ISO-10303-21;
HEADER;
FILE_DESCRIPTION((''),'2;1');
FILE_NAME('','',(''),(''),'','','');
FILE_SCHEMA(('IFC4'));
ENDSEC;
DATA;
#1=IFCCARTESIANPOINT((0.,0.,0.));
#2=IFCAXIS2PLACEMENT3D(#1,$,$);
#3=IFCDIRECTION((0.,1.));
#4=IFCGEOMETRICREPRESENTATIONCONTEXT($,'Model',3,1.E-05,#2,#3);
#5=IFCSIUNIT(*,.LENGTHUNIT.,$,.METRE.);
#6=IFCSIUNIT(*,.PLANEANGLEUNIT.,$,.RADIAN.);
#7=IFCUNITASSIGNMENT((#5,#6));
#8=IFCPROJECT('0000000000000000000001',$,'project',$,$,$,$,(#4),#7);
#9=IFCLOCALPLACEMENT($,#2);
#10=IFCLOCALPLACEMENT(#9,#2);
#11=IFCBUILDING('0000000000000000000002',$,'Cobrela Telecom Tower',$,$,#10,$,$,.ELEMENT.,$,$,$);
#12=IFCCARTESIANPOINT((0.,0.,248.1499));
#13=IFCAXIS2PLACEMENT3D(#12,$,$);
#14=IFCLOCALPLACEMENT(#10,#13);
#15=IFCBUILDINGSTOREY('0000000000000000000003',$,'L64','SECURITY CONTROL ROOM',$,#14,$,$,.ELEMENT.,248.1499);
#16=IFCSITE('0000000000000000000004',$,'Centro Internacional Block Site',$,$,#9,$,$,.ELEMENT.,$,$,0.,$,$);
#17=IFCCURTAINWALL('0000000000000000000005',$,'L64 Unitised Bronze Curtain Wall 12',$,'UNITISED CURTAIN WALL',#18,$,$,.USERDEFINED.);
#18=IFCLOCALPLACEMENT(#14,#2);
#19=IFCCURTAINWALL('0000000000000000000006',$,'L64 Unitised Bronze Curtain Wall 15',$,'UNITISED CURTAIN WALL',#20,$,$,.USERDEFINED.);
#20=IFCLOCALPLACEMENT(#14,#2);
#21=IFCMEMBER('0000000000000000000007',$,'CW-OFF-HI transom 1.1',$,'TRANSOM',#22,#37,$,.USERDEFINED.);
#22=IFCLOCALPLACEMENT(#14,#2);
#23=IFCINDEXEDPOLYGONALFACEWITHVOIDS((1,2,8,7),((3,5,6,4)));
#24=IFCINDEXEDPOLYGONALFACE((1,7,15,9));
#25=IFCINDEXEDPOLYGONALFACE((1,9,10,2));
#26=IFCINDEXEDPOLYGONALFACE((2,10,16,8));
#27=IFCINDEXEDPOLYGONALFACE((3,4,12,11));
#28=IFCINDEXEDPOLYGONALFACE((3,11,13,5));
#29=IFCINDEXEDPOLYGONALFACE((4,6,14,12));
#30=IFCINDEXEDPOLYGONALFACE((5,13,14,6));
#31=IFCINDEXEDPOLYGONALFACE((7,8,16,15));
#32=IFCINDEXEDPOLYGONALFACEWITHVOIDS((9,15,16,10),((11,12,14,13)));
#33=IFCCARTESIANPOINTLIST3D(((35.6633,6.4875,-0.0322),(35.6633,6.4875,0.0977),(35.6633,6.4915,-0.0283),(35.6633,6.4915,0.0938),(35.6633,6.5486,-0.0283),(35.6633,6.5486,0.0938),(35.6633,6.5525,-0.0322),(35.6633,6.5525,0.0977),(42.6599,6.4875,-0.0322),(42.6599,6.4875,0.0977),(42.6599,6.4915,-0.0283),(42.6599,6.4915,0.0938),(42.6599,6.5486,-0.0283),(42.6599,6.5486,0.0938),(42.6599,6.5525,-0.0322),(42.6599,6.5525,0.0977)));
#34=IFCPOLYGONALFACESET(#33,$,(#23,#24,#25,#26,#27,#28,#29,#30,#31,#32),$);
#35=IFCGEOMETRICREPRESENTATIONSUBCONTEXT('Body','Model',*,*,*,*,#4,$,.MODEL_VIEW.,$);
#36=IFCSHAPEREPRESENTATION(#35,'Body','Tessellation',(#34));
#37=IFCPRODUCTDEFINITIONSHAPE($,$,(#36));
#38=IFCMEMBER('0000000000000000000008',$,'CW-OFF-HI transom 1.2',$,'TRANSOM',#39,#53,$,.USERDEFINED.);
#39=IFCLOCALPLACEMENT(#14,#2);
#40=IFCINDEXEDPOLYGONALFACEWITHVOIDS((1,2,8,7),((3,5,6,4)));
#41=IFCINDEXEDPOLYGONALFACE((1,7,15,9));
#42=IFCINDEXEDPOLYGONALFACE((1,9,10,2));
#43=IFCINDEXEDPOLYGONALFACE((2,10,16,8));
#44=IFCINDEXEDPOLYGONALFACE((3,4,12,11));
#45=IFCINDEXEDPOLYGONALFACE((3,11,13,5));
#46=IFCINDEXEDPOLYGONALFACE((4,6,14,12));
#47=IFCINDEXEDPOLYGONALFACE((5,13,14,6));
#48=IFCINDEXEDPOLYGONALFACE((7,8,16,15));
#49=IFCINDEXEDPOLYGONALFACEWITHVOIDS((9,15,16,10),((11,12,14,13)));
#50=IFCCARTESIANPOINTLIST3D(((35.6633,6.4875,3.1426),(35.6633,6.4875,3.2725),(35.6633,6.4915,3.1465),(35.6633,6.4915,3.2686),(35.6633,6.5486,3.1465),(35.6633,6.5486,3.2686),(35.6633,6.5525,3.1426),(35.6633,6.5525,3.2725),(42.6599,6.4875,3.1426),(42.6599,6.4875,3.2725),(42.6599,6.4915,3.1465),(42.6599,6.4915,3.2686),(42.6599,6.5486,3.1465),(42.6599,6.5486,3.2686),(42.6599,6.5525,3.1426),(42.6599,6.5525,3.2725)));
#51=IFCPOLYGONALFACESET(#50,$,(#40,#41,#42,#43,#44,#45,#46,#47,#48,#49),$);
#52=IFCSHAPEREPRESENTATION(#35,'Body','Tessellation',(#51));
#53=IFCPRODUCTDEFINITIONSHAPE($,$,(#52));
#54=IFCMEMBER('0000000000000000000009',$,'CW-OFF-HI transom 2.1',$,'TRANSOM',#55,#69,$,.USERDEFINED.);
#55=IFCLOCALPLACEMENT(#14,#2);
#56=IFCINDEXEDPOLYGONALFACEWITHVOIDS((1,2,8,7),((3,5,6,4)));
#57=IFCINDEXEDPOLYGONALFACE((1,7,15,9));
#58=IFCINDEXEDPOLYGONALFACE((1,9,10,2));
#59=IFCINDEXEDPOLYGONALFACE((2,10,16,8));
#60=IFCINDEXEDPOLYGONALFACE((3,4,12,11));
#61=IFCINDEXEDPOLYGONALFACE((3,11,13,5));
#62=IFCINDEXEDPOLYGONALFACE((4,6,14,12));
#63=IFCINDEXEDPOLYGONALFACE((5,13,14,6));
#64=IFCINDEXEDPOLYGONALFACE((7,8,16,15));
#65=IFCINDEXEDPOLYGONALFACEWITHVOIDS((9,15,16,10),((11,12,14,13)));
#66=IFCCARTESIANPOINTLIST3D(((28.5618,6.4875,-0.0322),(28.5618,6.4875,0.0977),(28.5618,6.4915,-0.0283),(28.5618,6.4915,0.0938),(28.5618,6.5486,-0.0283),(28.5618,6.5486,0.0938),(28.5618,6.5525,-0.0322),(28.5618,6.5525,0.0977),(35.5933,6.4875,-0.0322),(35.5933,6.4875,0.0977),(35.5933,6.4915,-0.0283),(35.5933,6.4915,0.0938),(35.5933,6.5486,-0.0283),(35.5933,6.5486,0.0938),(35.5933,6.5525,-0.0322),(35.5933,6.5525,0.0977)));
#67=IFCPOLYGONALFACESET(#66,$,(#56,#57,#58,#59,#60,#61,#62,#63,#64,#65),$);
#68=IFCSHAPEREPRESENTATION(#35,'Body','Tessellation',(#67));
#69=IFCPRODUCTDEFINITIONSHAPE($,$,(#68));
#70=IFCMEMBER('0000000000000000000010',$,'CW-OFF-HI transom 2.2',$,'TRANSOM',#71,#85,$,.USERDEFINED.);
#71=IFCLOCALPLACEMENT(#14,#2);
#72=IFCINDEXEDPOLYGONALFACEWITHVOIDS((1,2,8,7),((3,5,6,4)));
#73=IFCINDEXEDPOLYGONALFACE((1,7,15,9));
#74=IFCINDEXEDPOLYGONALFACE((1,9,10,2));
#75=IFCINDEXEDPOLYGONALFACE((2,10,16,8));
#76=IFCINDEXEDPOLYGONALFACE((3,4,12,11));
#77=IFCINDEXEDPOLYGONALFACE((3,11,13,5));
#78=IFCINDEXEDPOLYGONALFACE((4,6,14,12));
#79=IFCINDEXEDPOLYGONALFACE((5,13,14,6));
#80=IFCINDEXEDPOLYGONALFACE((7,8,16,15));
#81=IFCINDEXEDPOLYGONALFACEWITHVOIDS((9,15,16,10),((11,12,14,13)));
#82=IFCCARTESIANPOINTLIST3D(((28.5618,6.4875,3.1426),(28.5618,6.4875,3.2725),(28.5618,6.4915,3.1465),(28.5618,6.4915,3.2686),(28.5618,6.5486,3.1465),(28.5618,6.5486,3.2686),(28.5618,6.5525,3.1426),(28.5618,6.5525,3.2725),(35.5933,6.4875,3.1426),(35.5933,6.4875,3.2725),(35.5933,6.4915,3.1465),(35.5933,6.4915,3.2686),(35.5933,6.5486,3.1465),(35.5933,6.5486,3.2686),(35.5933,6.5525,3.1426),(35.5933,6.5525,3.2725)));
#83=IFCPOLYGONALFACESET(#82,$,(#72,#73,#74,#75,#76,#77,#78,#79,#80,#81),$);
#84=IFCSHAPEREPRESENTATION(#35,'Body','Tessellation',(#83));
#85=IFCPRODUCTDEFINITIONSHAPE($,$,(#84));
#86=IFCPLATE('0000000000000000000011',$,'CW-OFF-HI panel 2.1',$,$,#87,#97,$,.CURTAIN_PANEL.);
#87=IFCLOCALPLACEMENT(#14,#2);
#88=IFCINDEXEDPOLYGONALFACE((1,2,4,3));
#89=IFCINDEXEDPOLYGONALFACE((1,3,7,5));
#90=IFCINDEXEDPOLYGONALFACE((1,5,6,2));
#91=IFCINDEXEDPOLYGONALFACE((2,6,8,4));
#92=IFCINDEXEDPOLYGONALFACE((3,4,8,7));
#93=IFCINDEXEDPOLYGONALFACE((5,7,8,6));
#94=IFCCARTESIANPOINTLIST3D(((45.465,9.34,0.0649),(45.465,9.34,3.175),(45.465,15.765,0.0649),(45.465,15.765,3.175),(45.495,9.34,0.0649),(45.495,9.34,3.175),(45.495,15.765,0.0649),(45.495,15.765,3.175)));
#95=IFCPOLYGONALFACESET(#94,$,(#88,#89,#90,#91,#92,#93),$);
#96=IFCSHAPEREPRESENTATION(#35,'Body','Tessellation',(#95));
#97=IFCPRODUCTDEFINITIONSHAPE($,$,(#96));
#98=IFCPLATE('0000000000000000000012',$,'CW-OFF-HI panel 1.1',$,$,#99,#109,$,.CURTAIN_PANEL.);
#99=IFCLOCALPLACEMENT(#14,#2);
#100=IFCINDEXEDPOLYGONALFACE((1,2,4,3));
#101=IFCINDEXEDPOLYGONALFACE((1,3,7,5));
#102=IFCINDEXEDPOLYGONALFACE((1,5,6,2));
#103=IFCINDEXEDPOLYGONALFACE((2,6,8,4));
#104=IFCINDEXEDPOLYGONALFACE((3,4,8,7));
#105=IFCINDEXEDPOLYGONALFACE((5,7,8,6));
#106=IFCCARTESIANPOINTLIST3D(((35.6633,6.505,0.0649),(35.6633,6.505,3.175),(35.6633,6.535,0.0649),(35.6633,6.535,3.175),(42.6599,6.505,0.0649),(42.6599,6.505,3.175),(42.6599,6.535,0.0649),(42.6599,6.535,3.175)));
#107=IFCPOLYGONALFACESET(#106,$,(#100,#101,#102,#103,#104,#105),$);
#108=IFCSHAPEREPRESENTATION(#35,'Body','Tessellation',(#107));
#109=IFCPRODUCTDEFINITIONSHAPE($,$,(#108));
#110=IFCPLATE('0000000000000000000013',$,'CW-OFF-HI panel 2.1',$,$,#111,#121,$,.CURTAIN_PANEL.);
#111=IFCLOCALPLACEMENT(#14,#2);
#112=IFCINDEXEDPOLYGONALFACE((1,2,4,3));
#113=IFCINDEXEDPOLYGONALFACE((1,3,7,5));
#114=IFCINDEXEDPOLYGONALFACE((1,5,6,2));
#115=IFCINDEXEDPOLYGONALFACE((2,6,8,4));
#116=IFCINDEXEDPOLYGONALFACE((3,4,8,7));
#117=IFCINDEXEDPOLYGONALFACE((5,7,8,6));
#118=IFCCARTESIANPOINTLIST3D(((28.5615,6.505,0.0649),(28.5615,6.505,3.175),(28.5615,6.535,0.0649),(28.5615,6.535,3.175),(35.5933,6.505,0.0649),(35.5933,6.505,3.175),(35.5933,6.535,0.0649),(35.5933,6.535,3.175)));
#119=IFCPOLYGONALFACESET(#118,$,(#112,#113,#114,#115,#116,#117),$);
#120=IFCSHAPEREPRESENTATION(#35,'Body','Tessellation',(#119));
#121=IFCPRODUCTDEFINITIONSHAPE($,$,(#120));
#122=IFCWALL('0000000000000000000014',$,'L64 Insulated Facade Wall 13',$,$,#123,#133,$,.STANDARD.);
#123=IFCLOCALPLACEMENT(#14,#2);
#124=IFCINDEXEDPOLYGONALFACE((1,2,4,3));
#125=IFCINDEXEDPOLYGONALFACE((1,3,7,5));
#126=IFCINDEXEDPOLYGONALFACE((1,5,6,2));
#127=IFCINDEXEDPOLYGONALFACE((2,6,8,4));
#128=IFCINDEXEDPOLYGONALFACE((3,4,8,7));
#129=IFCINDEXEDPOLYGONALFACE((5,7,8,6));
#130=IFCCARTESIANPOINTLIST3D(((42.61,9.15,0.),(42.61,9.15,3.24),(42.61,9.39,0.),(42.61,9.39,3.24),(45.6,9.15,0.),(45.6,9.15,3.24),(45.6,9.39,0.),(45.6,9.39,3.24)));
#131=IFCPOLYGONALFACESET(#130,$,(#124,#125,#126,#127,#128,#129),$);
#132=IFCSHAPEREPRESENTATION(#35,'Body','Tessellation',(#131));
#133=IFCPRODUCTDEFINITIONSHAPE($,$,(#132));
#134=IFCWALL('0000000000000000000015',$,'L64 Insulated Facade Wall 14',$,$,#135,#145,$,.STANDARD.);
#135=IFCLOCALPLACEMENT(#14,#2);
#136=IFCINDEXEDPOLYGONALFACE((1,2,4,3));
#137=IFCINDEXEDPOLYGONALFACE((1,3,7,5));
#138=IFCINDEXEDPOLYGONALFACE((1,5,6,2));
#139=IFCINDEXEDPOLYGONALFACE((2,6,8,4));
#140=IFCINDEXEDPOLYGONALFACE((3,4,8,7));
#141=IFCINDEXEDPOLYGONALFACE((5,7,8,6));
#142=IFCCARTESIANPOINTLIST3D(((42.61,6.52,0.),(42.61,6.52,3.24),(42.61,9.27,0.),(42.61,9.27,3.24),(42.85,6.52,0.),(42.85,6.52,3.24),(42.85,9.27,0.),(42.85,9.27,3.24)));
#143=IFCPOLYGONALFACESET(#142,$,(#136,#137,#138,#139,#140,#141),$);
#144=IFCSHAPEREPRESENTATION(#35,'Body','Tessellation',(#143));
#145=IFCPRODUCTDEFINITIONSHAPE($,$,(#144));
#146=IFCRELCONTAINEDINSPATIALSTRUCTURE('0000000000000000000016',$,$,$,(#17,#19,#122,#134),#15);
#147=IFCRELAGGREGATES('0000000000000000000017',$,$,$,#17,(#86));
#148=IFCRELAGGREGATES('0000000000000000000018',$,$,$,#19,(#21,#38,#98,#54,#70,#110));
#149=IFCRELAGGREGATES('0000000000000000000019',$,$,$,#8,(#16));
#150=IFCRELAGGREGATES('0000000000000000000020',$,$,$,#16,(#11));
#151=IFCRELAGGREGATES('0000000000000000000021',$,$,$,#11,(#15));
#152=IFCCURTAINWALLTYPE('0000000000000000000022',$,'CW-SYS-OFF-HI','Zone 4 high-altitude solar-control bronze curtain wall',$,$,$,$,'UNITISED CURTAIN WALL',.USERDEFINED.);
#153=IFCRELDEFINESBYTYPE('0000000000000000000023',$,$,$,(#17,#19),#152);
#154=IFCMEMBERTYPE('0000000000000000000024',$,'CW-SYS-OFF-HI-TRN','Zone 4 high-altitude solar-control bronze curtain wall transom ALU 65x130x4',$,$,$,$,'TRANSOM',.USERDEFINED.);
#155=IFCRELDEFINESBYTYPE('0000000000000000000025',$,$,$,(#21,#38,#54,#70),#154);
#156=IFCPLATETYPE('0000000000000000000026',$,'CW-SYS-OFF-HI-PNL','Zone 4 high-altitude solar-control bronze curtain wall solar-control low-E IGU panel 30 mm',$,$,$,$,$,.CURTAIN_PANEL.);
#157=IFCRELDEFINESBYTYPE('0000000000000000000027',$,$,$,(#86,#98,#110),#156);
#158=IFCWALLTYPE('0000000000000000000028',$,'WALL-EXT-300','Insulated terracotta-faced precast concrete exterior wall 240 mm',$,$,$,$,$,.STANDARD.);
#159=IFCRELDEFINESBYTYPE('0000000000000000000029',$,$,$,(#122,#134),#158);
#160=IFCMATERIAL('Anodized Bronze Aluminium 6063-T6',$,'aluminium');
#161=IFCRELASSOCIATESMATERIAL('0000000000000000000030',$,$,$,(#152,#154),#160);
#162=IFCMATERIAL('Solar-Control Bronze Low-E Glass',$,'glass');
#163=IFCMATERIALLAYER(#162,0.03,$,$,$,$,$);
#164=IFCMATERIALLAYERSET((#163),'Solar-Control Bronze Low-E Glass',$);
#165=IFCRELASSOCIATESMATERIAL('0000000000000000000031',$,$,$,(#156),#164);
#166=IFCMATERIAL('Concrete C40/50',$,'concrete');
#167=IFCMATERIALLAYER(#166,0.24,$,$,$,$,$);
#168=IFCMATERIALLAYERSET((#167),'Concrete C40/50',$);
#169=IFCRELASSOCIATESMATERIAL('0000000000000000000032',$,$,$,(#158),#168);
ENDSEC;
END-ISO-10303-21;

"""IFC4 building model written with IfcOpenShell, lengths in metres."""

from ifc_helpers import new_model, si_unit, direction, frame, frame_2d, origin, origin_2d, place, context, subcontext, project, spatial, rectangle, hollow_rectangle, extrude, material, layer, layer_set, material_profile, profile_set, type_object, element, aggregate, save


model = new_model("IFC4")

# Units and contexts
model_context = context("Model", 3, precision=1e-05, world=origin(), true_north=direction((0.0, 1.0)))
body_context = subcontext(model_context, "Body", "Model", "MODEL_VIEW")
ifc_project = project(units=[si_unit("LENGTHUNIT", "METRE"), si_unit("PLANEANGLEUNIT", "RADIAN")], contexts=[model_context])

# Site, building, storey
site_placement = place(None, origin())
site = spatial("IfcSite", under=ifc_project, at=site_placement, Name="Centro Internacional Block Site", CompositionType="ELEMENT", RefElevation=0.0)
building_placement = place(site_placement, origin())
building = spatial("IfcBuilding", under=site, at=building_placement, Name="Cobrela Telecom Tower", CompositionType="ELEMENT")
storey_placement = place(building_placement, frame((0.0, 0.0, 248.1499)))
storey = spatial("IfcBuildingStorey", under=building, at=storey_placement, Name="L64", Description="SECURITY CONTROL ROOM", CompositionType="ELEMENT", Elevation=248.1499)

# Curtain wall
ifc_material_1 = material(Name="Anodized Bronze Aluminium 6063-T6", Category="aluminium")
curtain_wall_type = type_object("IfcCurtainWallType", Name="CW-SYS-OFF-HI", Description="Zone 4 high-altitude solar-control bronze curtain wall", ElementType="UNITISED CURTAIN WALL", PredefinedType="USERDEFINED", material=ifc_material_1)
curtain_wall_1_placement = place(storey_placement, origin())
curtain_wall_1 = element("IfcCurtainWall", 1, at=curtain_wall_1_placement, inside=storey, type_object=curtain_wall_type, Name="L64 Unitised Bronze Curtain Wall 12", ObjectType="UNITISED CURTAIN WALL", PredefinedType="USERDEFINED")

# Curtain wall, members
curtain_wall_2_placement = place(storey_placement, origin())
curtain_wall_2 = element("IfcCurtainWall", 2, at=curtain_wall_2_placement, inside=storey, type_object=curtain_wall_type, Name="L64 Unitised Bronze Curtain Wall 15", ObjectType="UNITISED CURTAIN WALL", PredefinedType="USERDEFINED")
ifc_material_profile_1 = material_profile(ifc_material_1, hollow_rectangle(XDim=0.0649, YDim=0.1299, WallThickness=0.0039, at=origin_2d()), Name="ALU 65x130x4")
ifc_profile_set_1 = profile_set([ifc_material_profile_1], Name="Anodized Bronze Aluminium 6063-T6")
member_type_1 = type_object("IfcMemberType", Name="CW-SYS-OFF-HI-TRN", Description="Zone 4 high-altitude solar-control bronze curtain wall transom ALU 65x130x4", ElementType="TRANSOM", PredefinedType="USERDEFINED", material=ifc_profile_set_1)
member_1_placement = place(storey_placement, frame((42.6599, 6.52, 0.0327), z_axis=(-1.0, 0.0, 0.0), x_axis=(0.0, -1.0, 0.0)))
member_1 = element("IfcMember", 3, at=member_1_placement, type_object=member_type_1, Name="CW-OFF-HI transom 1.1", ObjectType="TRANSOM", PredefinedType="USERDEFINED", context=body_context, shape_type="SweptSolid", body=[
    extrude(hollow_rectangle(XDim=0.0649, YDim=0.1299, WallThickness=0.0039, at=origin_2d()), origin(), (0.0, 0.0, 1.0), 6.9966),
])
member_2_placement = place(storey_placement, frame((42.6599, 6.52, 3.2075), z_axis=(-1.0, 0.0, 0.0), x_axis=(0.0, -1.0, 0.0)))
member_2 = element("IfcMember", 4, at=member_2_placement, type_object=member_type_1, Name="CW-OFF-HI transom 1.2", ObjectType="TRANSOM", PredefinedType="USERDEFINED", context=body_context, shape_type="SweptSolid", body=[
    extrude(hollow_rectangle(XDim=0.0649, YDim=0.1299, WallThickness=0.0039, at=origin_2d()), origin(), (0.0, 0.0, 1.0), 6.9966),
])
member_3_placement = place(storey_placement, frame((35.5933, 6.52, 0.0327), z_axis=(-1.0, 0.0, 0.0), x_axis=(0.0, -1.0, 0.0)))
member_3 = element("IfcMember", 5, at=member_3_placement, type_object=member_type_1, Name="CW-OFF-HI transom 2.1", ObjectType="TRANSOM", PredefinedType="USERDEFINED", context=body_context, shape_type="SweptSolid", body=[
    extrude(hollow_rectangle(XDim=0.0649, YDim=0.1299, WallThickness=0.0039, at=origin_2d()), origin(), (0.0, 0.0, 1.0), 7.0315),
])
member_4_placement = place(storey_placement, frame((35.5933, 6.52, 3.2075), z_axis=(-1.0, 0.0, 0.0), x_axis=(0.0, -1.0, 0.0)))
member_4 = element("IfcMember", 6, at=member_4_placement, type_object=member_type_1, Name="CW-OFF-HI transom 2.2", ObjectType="TRANSOM", PredefinedType="USERDEFINED", context=body_context, shape_type="SweptSolid", body=[
    extrude(hollow_rectangle(XDim=0.0649, YDim=0.1299, WallThickness=0.0039, at=origin_2d()), origin(), (0.0, 0.0, 1.0), 7.0315),
])

# Plates
ifc_material_2 = material(Name="Solar-Control Bronze Low-E Glass", Category="glass")
ifc_layer_1 = layer(ifc_material_2, 0.03)
ifc_layer_set_1 = layer_set([ifc_layer_1], Name="Solar-Control Bronze Low-E Glass")
plate_type = type_object("IfcPlateType", Name="CW-SYS-OFF-HI-PNL", Description="Zone 4 high-altitude solar-control bronze curtain wall solar-control low-E IGU panel 30 mm", PredefinedType="CURTAIN_PANEL", material=ifc_layer_set_1)
plate_1_placement = place(storey_placement, frame((45.48, 12.5525, 0.0649), z_axis=(0.0, 0.0, 1.0), x_axis=(0.0, -1.0, 0.0)))
plate_1 = element("IfcPlate", 7, at=plate_1_placement, type_object=plate_type, Name="CW-OFF-HI panel 2.1", PredefinedType="CURTAIN_PANEL", context=body_context, shape_type="SweptSolid", body=[
    extrude(rectangle(XDim=6.425, YDim=0.03, at=origin_2d()), origin(), (0.0, 0.0, 1.0), 3.1101),
])
aggregate(curtain_wall_1, [plate_1])
plate_2_placement = place(storey_placement, frame((39.1616, 6.52, 0.0649), z_axis=(0.0, 0.0, 1.0), x_axis=(-1.0, 0.0, 0.0)))
plate_2 = element("IfcPlate", 8, at=plate_2_placement, type_object=plate_type, Name="CW-OFF-HI panel 1.1", PredefinedType="CURTAIN_PANEL", context=body_context, shape_type="SweptSolid", body=[
    extrude(rectangle(XDim=6.9966, YDim=0.03, at=origin_2d()), origin(), (0.0, 0.0, 1.0), 3.1101),
])
plate_3_placement = place(storey_placement, frame((32.0774, 6.52, 0.0649), z_axis=(0.0, 0.0, 1.0), x_axis=(-1.0, 0.0, 0.0)))
plate_3 = element("IfcPlate", 9, at=plate_3_placement, type_object=plate_type, Name="CW-OFF-HI panel 2.1", PredefinedType="CURTAIN_PANEL", context=body_context, shape_type="SweptSolid", body=[
    extrude(rectangle(XDim=7.0317, YDim=0.03, at=origin_2d()), origin(), (0.0, 0.0, 1.0), 3.1101),
])
aggregate(curtain_wall_2, [member_1, member_2, plate_2, member_3, member_4, plate_3])

# Walls
ifc_material_3 = material(Name="Concrete C40/50", Category="concrete")
ifc_layer_2 = layer(ifc_material_3, 0.24)
ifc_layer_set_2 = layer_set([ifc_layer_2], Name="Concrete C40/50")
wall_type = type_object("IfcWallType", Name="WALL-EXT-300", Description="Insulated terracotta-faced precast concrete exterior wall 240 mm", PredefinedType="STANDARD", material=ifc_layer_set_2)
wall_1_placement = place(storey_placement, frame((45.6001, 9.27, 0.0), z_axis=(0.0, 0.0, 1.0), x_axis=(-1.0, 0.0, 0.0)))
element("IfcWall", 10, at=wall_1_placement, inside=storey, type_object=wall_type, Name="L64 Insulated Facade Wall 13", PredefinedType="STANDARD", context=body_context, shape_type="SweptSolid", body=[
    extrude(rectangle(XDim=2.99, YDim=0.24, at=frame_2d((1.4951, 0.0))), origin(), (0.0, 0.0, 1.0), 3.24),
])
wall_2_placement = place(storey_placement, frame((42.73, 9.27, 0.0), z_axis=(0.0, 0.0, 1.0), x_axis=(0.0, -1.0, 0.0)))
element("IfcWall", 11, at=wall_2_placement, inside=storey, type_object=wall_type, Name="L64 Insulated Facade Wall 14", PredefinedType="STANDARD", context=body_context, shape_type="SweptSolid", body=[
    extrude(rectangle(XDim=2.75, YDim=0.24, at=frame_2d((1.375, 0.0))), origin(), (0.0, 0.0, 1.0), 3.24),
])

save(model, "model.ifc")
